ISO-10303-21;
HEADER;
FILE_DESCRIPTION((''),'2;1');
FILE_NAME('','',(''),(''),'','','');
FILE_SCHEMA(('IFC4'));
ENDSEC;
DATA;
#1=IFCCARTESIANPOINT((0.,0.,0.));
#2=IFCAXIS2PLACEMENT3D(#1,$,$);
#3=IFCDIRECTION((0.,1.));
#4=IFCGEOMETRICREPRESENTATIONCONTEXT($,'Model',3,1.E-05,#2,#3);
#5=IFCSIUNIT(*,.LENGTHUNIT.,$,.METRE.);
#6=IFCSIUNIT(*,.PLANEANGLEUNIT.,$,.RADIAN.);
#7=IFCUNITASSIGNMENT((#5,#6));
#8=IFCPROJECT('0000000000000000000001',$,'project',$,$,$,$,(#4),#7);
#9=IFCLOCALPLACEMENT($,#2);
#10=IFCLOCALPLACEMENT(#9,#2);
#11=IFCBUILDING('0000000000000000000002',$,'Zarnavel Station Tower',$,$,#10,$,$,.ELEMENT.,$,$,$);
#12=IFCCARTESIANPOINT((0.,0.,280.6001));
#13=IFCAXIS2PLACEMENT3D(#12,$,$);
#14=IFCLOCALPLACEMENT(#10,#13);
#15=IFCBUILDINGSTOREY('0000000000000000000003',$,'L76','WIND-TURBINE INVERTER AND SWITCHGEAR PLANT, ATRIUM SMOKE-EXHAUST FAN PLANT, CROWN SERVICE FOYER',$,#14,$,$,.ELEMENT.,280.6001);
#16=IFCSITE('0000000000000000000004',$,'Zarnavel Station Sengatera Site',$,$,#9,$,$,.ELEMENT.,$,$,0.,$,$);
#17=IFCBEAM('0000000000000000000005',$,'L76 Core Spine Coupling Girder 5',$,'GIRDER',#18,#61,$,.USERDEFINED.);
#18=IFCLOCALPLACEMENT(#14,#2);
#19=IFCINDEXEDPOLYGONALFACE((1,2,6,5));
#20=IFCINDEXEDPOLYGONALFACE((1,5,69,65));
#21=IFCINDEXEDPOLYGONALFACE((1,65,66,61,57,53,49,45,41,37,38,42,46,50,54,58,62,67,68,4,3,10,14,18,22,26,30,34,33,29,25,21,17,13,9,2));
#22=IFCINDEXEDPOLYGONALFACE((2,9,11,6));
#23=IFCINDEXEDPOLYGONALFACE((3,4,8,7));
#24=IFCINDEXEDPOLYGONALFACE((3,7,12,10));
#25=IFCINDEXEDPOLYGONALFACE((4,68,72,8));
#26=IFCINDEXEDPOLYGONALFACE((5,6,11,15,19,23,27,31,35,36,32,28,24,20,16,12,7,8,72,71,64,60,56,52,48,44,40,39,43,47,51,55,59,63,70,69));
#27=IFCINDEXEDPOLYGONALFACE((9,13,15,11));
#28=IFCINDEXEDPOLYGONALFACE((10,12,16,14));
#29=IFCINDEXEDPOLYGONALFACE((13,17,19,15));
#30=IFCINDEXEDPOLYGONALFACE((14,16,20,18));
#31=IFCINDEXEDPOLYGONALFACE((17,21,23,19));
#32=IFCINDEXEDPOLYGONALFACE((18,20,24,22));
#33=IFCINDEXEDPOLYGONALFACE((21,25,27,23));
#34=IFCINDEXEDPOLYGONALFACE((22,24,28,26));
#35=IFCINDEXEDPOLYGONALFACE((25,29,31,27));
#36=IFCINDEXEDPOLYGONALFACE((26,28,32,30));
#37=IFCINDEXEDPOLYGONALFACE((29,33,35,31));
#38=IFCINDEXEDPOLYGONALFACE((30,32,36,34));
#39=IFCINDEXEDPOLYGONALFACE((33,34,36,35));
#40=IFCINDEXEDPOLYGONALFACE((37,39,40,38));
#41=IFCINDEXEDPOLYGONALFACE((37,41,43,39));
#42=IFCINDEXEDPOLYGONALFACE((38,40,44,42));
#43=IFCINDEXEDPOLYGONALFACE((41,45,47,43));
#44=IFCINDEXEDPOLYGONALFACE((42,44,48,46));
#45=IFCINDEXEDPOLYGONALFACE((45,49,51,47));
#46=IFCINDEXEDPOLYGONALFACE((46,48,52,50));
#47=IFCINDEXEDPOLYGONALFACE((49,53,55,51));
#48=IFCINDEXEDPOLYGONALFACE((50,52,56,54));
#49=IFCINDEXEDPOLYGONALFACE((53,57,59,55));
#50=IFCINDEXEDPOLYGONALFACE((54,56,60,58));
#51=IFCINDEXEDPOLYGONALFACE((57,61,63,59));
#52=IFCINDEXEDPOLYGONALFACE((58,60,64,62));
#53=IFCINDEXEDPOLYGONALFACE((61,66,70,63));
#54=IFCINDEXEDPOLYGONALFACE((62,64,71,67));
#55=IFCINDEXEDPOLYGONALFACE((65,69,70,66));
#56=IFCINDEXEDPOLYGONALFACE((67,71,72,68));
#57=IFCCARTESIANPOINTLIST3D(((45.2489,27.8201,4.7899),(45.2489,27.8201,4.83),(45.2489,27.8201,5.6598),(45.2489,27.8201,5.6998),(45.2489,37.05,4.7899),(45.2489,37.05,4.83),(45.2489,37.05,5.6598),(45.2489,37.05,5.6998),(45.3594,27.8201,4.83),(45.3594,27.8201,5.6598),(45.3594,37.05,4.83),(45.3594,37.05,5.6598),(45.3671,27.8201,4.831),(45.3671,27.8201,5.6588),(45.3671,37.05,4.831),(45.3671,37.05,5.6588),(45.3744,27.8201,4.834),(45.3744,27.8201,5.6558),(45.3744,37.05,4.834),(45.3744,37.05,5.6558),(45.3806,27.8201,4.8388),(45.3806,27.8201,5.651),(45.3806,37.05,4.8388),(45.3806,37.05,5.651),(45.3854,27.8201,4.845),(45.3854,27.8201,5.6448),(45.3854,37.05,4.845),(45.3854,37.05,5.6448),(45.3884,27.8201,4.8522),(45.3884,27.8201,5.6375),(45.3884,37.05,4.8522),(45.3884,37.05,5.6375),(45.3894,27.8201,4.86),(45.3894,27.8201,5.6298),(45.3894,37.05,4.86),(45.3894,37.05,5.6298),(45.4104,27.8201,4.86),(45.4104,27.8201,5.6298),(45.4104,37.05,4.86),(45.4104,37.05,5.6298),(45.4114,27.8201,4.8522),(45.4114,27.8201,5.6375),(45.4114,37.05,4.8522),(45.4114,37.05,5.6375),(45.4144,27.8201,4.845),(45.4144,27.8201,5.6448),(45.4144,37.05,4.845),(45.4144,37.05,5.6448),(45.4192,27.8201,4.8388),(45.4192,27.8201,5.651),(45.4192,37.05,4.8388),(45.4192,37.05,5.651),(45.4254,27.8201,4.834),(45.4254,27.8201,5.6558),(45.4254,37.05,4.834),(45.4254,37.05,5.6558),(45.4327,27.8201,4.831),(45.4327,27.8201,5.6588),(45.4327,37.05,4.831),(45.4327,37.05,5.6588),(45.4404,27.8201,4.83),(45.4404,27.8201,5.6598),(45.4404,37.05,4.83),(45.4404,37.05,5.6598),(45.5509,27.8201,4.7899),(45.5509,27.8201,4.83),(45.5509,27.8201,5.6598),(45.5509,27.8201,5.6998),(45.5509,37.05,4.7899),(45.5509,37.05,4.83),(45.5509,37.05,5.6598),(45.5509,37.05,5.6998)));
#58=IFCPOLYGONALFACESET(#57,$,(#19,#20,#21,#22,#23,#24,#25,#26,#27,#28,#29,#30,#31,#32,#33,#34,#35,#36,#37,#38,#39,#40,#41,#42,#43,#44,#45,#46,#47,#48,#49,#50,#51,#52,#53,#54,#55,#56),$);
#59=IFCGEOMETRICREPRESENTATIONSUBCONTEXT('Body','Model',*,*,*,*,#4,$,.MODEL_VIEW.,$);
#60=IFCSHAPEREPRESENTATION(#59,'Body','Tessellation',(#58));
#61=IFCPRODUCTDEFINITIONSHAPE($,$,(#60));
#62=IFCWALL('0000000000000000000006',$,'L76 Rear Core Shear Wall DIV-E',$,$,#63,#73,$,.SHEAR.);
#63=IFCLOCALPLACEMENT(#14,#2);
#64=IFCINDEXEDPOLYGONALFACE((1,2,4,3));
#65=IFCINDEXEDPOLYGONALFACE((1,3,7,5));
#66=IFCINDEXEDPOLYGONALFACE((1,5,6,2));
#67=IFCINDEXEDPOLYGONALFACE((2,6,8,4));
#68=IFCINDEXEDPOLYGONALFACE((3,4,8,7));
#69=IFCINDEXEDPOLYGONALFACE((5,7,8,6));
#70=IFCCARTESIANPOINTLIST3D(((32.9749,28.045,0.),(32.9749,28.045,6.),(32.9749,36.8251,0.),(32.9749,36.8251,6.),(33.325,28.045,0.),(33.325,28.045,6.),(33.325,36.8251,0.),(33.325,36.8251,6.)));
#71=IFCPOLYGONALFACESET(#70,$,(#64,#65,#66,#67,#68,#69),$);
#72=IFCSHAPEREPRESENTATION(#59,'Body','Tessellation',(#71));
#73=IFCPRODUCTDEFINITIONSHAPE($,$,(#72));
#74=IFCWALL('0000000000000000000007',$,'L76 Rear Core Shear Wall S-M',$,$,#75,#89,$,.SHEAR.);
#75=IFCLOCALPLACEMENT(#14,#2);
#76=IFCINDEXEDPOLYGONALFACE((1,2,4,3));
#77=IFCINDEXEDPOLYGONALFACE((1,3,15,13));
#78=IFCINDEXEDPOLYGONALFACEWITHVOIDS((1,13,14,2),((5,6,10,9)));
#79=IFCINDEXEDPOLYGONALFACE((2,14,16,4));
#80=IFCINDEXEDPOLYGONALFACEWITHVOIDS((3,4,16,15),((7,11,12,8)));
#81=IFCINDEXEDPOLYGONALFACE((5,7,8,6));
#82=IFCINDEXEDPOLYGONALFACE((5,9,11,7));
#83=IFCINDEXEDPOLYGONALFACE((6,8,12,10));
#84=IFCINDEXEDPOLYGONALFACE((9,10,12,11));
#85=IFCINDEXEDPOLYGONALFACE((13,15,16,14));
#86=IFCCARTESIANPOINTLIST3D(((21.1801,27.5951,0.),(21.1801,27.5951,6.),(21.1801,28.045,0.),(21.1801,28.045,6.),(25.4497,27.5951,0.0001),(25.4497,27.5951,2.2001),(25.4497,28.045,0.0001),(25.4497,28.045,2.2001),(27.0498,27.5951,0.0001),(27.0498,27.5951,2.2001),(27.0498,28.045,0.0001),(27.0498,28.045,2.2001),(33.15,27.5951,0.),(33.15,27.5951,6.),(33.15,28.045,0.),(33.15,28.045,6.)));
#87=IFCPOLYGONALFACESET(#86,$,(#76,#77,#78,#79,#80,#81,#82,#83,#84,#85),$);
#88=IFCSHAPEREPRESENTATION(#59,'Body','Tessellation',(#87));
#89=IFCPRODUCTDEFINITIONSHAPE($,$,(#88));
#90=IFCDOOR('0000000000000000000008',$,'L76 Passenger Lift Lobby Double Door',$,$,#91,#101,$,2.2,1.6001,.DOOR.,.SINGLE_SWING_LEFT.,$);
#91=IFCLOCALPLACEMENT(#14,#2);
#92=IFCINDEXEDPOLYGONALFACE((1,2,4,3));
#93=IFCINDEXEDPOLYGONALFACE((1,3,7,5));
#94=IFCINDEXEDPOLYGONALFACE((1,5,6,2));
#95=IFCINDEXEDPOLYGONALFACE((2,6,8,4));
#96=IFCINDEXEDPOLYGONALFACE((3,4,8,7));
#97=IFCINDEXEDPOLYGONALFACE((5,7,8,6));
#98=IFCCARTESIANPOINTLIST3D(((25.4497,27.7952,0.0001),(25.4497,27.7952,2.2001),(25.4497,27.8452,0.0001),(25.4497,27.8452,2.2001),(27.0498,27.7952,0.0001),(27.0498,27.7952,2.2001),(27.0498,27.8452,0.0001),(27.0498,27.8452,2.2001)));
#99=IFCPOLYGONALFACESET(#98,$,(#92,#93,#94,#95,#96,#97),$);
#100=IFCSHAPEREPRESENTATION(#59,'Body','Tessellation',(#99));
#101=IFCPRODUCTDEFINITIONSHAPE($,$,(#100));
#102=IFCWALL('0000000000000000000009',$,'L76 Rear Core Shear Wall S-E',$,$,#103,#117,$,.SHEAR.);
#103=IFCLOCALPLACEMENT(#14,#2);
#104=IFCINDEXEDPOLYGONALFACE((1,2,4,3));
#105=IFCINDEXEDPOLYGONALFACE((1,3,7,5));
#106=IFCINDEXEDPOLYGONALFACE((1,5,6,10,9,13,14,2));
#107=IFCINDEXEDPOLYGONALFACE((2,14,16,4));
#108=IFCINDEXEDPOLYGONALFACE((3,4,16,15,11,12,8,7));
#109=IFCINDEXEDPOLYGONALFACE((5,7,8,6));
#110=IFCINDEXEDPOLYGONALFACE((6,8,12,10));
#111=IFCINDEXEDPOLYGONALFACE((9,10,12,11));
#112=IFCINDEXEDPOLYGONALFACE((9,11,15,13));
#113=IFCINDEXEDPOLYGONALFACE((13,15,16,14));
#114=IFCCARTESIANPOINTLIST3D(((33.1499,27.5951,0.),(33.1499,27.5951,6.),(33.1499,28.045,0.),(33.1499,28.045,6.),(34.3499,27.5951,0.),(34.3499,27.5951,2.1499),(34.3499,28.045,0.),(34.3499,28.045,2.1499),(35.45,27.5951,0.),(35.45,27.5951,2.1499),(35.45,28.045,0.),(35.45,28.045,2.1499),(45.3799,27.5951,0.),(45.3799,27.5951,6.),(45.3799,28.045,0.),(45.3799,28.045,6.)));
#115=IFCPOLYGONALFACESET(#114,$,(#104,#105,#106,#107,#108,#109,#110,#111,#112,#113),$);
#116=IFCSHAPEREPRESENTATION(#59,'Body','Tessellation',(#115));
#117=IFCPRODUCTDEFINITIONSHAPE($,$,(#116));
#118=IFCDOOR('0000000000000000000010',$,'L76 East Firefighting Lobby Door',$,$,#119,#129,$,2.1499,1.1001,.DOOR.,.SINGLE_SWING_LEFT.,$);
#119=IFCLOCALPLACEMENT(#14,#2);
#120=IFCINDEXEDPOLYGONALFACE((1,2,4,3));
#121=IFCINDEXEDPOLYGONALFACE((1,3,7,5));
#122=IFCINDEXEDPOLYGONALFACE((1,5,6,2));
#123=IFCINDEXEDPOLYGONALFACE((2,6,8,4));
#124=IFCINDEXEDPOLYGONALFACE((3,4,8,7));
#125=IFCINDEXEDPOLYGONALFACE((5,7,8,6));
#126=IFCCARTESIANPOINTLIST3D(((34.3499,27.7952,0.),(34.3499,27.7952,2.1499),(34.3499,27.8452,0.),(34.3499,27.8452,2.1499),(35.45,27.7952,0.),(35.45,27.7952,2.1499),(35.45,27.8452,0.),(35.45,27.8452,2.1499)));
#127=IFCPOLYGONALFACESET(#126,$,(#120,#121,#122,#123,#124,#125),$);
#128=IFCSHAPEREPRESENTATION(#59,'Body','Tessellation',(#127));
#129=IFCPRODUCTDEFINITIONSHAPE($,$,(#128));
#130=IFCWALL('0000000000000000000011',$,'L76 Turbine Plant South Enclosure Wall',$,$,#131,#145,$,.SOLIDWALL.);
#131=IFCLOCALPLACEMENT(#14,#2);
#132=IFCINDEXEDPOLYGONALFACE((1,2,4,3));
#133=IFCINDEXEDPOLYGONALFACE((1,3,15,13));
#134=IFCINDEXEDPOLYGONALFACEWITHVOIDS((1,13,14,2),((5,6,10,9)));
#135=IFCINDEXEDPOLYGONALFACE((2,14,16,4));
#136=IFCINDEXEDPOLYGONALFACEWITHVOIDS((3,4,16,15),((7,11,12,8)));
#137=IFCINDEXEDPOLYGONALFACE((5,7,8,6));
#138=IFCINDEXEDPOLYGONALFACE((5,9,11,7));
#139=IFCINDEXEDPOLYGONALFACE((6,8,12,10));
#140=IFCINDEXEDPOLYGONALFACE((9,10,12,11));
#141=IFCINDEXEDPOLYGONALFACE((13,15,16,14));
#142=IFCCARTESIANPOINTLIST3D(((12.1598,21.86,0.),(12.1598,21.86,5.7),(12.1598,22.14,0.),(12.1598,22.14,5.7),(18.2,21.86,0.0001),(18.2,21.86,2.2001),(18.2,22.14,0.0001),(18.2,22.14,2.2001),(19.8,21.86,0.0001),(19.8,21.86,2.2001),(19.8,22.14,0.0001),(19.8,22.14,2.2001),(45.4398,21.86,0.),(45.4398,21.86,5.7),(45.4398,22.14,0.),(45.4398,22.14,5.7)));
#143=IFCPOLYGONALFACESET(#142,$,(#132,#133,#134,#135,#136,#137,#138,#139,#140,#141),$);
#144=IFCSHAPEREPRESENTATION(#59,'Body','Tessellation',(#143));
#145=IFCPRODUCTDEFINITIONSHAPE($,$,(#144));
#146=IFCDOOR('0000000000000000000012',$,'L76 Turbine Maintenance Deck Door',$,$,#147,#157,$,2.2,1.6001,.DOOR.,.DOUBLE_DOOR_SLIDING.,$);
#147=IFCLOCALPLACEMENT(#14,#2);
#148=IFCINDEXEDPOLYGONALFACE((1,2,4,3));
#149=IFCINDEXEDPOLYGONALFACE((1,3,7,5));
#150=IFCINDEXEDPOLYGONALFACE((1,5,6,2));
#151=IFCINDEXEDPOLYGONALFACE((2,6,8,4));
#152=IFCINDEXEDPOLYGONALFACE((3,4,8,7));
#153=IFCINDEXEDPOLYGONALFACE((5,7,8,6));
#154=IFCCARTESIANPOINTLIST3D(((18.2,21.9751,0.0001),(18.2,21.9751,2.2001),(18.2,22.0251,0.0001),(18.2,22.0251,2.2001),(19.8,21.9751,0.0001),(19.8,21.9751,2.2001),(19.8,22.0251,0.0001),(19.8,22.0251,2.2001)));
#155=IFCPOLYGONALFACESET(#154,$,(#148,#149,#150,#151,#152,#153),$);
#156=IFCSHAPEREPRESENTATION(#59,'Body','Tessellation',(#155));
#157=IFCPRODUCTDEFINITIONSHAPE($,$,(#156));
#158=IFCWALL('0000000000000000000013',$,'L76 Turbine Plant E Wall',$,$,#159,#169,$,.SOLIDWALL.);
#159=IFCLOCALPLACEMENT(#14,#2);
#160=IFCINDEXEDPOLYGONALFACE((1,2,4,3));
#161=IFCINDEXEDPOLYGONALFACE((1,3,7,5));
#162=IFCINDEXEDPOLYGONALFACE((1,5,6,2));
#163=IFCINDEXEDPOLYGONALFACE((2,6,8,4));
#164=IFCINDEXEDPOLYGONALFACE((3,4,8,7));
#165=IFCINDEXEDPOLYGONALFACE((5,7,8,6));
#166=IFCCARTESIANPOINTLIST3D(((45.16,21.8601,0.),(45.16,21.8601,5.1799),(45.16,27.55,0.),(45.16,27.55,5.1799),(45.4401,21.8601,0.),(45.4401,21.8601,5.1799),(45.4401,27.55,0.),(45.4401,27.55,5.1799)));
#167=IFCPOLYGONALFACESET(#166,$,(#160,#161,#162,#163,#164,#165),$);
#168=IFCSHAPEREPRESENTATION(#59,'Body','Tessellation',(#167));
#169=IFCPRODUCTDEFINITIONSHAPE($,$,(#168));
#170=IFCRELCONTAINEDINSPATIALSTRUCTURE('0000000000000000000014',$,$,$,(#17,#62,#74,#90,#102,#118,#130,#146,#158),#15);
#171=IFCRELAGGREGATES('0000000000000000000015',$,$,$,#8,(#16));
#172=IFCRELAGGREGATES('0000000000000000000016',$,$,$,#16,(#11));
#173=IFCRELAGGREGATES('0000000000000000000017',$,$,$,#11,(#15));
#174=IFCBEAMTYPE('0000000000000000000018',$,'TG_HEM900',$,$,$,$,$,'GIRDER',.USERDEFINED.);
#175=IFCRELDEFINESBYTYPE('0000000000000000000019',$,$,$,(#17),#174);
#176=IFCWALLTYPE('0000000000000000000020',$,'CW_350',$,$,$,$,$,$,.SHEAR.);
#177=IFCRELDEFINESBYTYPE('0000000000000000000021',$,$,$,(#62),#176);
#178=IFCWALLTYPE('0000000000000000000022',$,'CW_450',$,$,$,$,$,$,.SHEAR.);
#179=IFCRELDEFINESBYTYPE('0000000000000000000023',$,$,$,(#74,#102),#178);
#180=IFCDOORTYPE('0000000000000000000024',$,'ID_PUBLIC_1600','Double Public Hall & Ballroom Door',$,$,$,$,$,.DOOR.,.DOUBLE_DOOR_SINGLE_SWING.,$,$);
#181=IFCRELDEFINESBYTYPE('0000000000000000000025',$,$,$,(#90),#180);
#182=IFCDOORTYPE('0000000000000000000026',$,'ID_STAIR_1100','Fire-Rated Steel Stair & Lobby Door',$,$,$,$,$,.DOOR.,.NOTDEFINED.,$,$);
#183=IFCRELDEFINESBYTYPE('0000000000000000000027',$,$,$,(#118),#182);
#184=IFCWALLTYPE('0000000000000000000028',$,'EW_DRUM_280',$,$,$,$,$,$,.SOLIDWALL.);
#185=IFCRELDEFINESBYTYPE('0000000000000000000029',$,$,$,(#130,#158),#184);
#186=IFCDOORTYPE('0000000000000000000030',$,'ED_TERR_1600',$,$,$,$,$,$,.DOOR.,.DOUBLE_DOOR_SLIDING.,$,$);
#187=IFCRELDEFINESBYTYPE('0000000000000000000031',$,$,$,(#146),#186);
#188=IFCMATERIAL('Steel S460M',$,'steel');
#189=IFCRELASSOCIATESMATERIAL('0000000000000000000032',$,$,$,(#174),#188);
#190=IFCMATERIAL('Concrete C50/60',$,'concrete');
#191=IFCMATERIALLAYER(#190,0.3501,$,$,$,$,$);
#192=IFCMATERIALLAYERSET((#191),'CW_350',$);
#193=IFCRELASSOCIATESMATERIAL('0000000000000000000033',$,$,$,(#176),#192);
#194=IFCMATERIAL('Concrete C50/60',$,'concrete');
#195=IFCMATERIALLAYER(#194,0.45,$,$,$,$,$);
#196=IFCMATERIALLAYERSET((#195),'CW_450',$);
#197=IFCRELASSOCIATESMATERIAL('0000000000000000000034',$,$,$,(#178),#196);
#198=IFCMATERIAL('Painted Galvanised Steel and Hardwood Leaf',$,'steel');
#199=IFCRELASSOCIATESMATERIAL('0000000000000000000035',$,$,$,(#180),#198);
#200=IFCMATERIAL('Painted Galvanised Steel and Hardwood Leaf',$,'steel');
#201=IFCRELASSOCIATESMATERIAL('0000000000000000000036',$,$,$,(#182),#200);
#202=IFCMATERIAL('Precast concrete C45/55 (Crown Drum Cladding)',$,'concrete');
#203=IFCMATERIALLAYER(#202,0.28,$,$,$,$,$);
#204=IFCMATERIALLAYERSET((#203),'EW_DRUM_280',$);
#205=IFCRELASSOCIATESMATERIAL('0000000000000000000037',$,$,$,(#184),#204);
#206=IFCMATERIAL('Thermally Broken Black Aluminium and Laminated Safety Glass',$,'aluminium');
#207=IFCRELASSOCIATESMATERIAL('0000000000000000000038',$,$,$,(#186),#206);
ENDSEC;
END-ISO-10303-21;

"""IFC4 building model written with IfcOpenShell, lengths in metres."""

from ifc_helpers import new_model, si_unit, direction, frame, frame_2d, origin, origin_2d, place, context, subcontext, project, spatial, rectangle, i_section, extrude, material, layer, layer_set, material_profile, profile_set, type_object, element, fill, save


model = new_model("IFC4")

# Units and contexts
model_context = context("Model", 3, precision=1e-05, world=origin(), true_north=direction((0.0, 1.0)))
body_context = subcontext(model_context, "Body", "Model", "MODEL_VIEW")
ifc_project = project(units=[si_unit("LENGTHUNIT", "METRE"), si_unit("PLANEANGLEUNIT", "RADIAN")], contexts=[model_context])

# Site, building, storey
site_placement = place(None, origin())
site = spatial("IfcSite", under=ifc_project, at=site_placement, Name="Zarnavel Station Sengatera Site", CompositionType="ELEMENT", RefElevation=0.0)
building_placement = place(site_placement, origin())
building = spatial("IfcBuilding", under=site, at=building_placement, Name="Zarnavel Station Tower", CompositionType="ELEMENT")
storey_placement = place(building_placement, frame((0.0, 0.0, 280.6001)))
storey = spatial("IfcBuildingStorey", under=building, at=storey_placement, Name="L76", Description="WIND-TURBINE INVERTER AND SWITCHGEAR PLANT, ATRIUM SMOKE-EXHAUST FAN PLANT, CROWN SERVICE FOYER", CompositionType="ELEMENT", Elevation=280.6001)

# Beam
ifc_material_1 = material(Name="Steel S460M", Category="steel")
ifc_material_profile_1 = material_profile(ifc_material_1, i_section(OverallWidth=0.302, OverallDepth=0.9099, WebThickness=0.021, FlangeThickness=0.04, FilletRadius=0.03, at=origin_2d()), Name="HEM900")
ifc_profile_set_1 = profile_set([ifc_material_profile_1], Name="Steel S460M")
beam_type_1 = type_object("IfcBeamType", Name="TG_HEM900", ElementType="GIRDER", PredefinedType="USERDEFINED", material=ifc_profile_set_1)
for number, where, z_axis, x_axis, name in (
    (1, (45.3999, 27.8201, 5.2449), (0.0, 1.0, 0.0), (-1.0, 0.0, 0.0), "L76 Core Spine Coupling Girder 5"),
):
    element("IfcBeam", number, at=place(storey_placement, frame(where, z_axis=z_axis, x_axis=x_axis)), inside=storey, type_object=beam_type_1, Name=name, ObjectType="GIRDER", PredefinedType="USERDEFINED", context=body_context, shape_type="SweptSolid", body=[
        extrude(i_section(OverallWidth=0.302, OverallDepth=0.9099, WebThickness=0.021, FlangeThickness=0.04, FilletRadius=0.03, at=origin_2d()), origin(), (0.0, 0.0, 1.0), 9.23),
    ])

# Wall
ifc_material_2 = material(Name="Concrete C50/60", Category="concrete")
ifc_layer_1 = layer(ifc_material_2, 0.3501)
ifc_layer_set_1 = layer_set([ifc_layer_1], Name="CW_350")
wall_type_1 = type_object("IfcWallType", Name="CW_350", PredefinedType="SHEAR", material=ifc_layer_set_1)
wall_1_placement = place(storey_placement, frame((33.1499, 28.0449, 0.0), z_axis=(0.0, 0.0, 1.0), x_axis=(0.0, 1.0, 0.0)))
element("IfcWall", 2, at=wall_1_placement, inside=storey, type_object=wall_type_1, Name="L76 Rear Core Shear Wall DIV-E", PredefinedType="SHEAR", context=body_context, shape_type="SweptSolid", body=[
    extrude(rectangle(XDim=8.78, YDim=0.3501, at=frame_2d((4.3901, 0.0))), origin(), (0.0, 0.0, 1.0), 6.0),
])

# Walls, openings, doors
ifc_material_3 = material(Name="Concrete C50/60", Category="concrete")
ifc_layer_2 = layer(ifc_material_3, 0.45)
ifc_layer_set_2 = layer_set([ifc_layer_2], Name="CW_450")
wall_type_2 = type_object("IfcWallType", Name="CW_450", PredefinedType="SHEAR", material=ifc_layer_set_2)
wall_2_placement = place(storey_placement, frame((33.1499, 27.8201, 0.0), z_axis=(0.0, 0.0, 1.0), x_axis=(-1.0, 0.0, 0.0)))
wall_2 = element("IfcWall", 3, at=wall_2_placement, inside=storey, type_object=wall_type_2, Name="L76 Rear Core Shear Wall S-M", PredefinedType="SHEAR", context=body_context, shape_type="SweptSolid", body=[
    extrude(rectangle(XDim=11.97, YDim=0.45, at=frame_2d((5.9849, 0.0))), origin(), (0.0, 0.0, 1.0), 6.0),
])
opening_1_placement = place(wall_2_placement, frame((6.1001, 0.0, 0.0)))
opening_1 = element("IfcOpeningElement", 4, at=opening_1_placement, cuts=wall_2, PredefinedType="OPENING", context=body_context, shape_type="SweptSolid", body=[
    extrude(rectangle(XDim=1.6001, YDim=2.2, at=frame_2d((0.8, 1.1001))), frame((0.0, 0.2349, 0.0), z_axis=(0.0, -1.0, 0.0), x_axis=(1.0, 0.0, 0.0)), (0.0, 0.0, 1.0), 0.47),
])
ifc_material_4 = material(Name="Painted Galvanised Steel and Hardwood Leaf", Category="steel")
door_type_1 = type_object("IfcDoorType", Name="ID_PUBLIC_1600", Description="Double Public Hall & Ballroom Door", OperationType="DOUBLE_DOOR_SINGLE_SWING", PredefinedType="DOOR", material=ifc_material_4)
door_1_placement = place(opening_1_placement, origin())
door_1 = element("IfcDoor", 5, at=door_1_placement, inside=storey, type_object=door_type_1, Name="L76 Passenger Lift Lobby Double Door", OperationType="SINGLE_SWING_LEFT", OverallHeight=2.2, OverallWidth=1.6001, PredefinedType="DOOR", context=body_context, shape_type="SweptSolid", body=[
    extrude(rectangle(XDim=1.6001, YDim=2.2, at=frame_2d((0.8, 1.1001))), frame((0.0, 0.0249, 0.0), z_axis=(0.0, -1.0, 0.0), x_axis=(1.0, 0.0, 0.0)), (0.0, 0.0, 1.0), 0.05),
])
fill(opening_1, door_1)
wall_3_placement = place(storey_placement, frame((45.3799, 27.8201, 0.0), z_axis=(0.0, 0.0, 1.0), x_axis=(-1.0, 0.0, 0.0)))
wall_3 = element("IfcWall", 6, at=wall_3_placement, inside=storey, type_object=wall_type_2, Name="L76 Rear Core Shear Wall S-E", PredefinedType="SHEAR", context=body_context, shape_type="SweptSolid", body=[
    extrude(rectangle(XDim=12.23, YDim=0.45, at=frame_2d((6.115, 0.0))), origin(), (0.0, 0.0, 1.0), 6.0),
])
opening_2_placement = place(wall_3_placement, frame((9.9299, 0.0, 0.0)))
opening_2 = element("IfcOpeningElement", 7, at=opening_2_placement, cuts=wall_3, PredefinedType="OPENING", context=body_context, shape_type="SweptSolid", body=[
    extrude(rectangle(XDim=1.1001, YDim=2.1499, at=frame_2d((0.55, 1.075))), frame((0.0, 0.2349, 0.0), z_axis=(0.0, -1.0, 0.0), x_axis=(1.0, 0.0, 0.0)), (0.0, 0.0, 1.0), 0.47),
])
ifc_material_5 = material(Name="Painted Galvanised Steel and Hardwood Leaf", Category="steel")
door_type_2 = type_object("IfcDoorType", Name="ID_STAIR_1100", Description="Fire-Rated Steel Stair & Lobby Door", OperationType="NOTDEFINED", PredefinedType="DOOR", material=ifc_material_5)
door_2_placement = place(opening_2_placement, origin())
door_2 = element("IfcDoor", 8, at=door_2_placement, inside=storey, type_object=door_type_2, Name="L76 East Firefighting Lobby Door", OperationType="SINGLE_SWING_LEFT", OverallHeight=2.1499, OverallWidth=1.1001, PredefinedType="DOOR", context=body_context, shape_type="SweptSolid", body=[
    extrude(rectangle(XDim=1.1001, YDim=2.1499, at=frame_2d((0.55, 1.075))), frame((0.0, 0.0249, 0.0), z_axis=(0.0, -1.0, 0.0), x_axis=(1.0, 0.0, 0.0)), (0.0, 0.0, 1.0), 0.05),
])
fill(opening_2, door_2)
ifc_material_6 = material(Name="Precast concrete C45/55 (Crown Drum Cladding)", Category="concrete")
ifc_layer_3 = layer(ifc_material_6, 0.28)
ifc_layer_set_3 = layer_set([ifc_layer_3], Name="EW_DRUM_280")
wall_type_3 = type_object("IfcWallType", Name="EW_DRUM_280", PredefinedType="SOLIDWALL", material=ifc_layer_set_3)
wall_4_placement = place(storey_placement, frame((45.4399, 22.0, 0.0), z_axis=(0.0, 0.0, 1.0), x_axis=(-1.0, 0.0, 0.0)))
wall_4 = element("IfcWall", 9, at=wall_4_placement, inside=storey, type_object=wall_type_3, Name="L76 Turbine Plant South Enclosure Wall", PredefinedType="SOLIDWALL", context=body_context, shape_type="SweptSolid", body=[
    extrude(rectangle(XDim=33.28, YDim=0.28, at=frame_2d((16.6401, 0.0))), origin(), (0.0, 0.0, 1.0), 5.7),
])
opening_3_placement = place(wall_4_placement, frame((25.6399, 0.0, 0.0)))
opening_3 = element("IfcOpeningElement", 10, at=opening_3_placement, cuts=wall_4, PredefinedType="OPENING", context=body_context, shape_type="SweptSolid", body=[
    extrude(rectangle(XDim=1.6001, YDim=2.2, at=frame_2d((0.8, 1.1001))), frame((0.0, 0.1499, 0.0), z_axis=(0.0, -1.0, 0.0), x_axis=(1.0, 0.0, 0.0)), (0.0, 0.0, 1.0), 0.3),
])
ifc_material_7 = material(Name="Thermally Broken Black Aluminium and Laminated Safety Glass", Category="aluminium")
door_type_3 = type_object("IfcDoorType", Name="ED_TERR_1600", OperationType="DOUBLE_DOOR_SLIDING", PredefinedType="DOOR", material=ifc_material_7)
door_3_placement = place(opening_3_placement, origin())
door_3 = element("IfcDoor", 11, at=door_3_placement, inside=storey, type_object=door_type_3, Name="L76 Turbine Maintenance Deck Door", OperationType="DOUBLE_DOOR_SLIDING", OverallHeight=2.2, OverallWidth=1.6001, PredefinedType="DOOR", context=body_context, shape_type="SweptSolid", body=[
    extrude(rectangle(XDim=1.6001, YDim=2.2, at=frame_2d((0.8, 1.1001))), frame((0.0, 0.0249, 0.0), z_axis=(0.0, -1.0, 0.0), x_axis=(1.0, 0.0, 0.0)), (0.0, 0.0, 1.0), 0.05),
])
fill(opening_3, door_3)

# Wall
wall_5_placement = place(storey_placement, frame((45.3, 27.55, 0.0), z_axis=(0.0, 0.0, 1.0), x_axis=(0.0, -1.0, 0.0)))
element("IfcWall", 12, at=wall_5_placement, inside=storey, type_object=wall_type_3, Name="L76 Turbine Plant E Wall", PredefinedType="SOLIDWALL", context=body_context, shape_type="SweptSolid", body=[
    extrude(rectangle(XDim=5.6899, YDim=0.28, at=frame_2d((2.845, 0.0))), origin(), (0.0, 0.0, 1.0), 5.1799),
])

save(model, "model.ifc")
